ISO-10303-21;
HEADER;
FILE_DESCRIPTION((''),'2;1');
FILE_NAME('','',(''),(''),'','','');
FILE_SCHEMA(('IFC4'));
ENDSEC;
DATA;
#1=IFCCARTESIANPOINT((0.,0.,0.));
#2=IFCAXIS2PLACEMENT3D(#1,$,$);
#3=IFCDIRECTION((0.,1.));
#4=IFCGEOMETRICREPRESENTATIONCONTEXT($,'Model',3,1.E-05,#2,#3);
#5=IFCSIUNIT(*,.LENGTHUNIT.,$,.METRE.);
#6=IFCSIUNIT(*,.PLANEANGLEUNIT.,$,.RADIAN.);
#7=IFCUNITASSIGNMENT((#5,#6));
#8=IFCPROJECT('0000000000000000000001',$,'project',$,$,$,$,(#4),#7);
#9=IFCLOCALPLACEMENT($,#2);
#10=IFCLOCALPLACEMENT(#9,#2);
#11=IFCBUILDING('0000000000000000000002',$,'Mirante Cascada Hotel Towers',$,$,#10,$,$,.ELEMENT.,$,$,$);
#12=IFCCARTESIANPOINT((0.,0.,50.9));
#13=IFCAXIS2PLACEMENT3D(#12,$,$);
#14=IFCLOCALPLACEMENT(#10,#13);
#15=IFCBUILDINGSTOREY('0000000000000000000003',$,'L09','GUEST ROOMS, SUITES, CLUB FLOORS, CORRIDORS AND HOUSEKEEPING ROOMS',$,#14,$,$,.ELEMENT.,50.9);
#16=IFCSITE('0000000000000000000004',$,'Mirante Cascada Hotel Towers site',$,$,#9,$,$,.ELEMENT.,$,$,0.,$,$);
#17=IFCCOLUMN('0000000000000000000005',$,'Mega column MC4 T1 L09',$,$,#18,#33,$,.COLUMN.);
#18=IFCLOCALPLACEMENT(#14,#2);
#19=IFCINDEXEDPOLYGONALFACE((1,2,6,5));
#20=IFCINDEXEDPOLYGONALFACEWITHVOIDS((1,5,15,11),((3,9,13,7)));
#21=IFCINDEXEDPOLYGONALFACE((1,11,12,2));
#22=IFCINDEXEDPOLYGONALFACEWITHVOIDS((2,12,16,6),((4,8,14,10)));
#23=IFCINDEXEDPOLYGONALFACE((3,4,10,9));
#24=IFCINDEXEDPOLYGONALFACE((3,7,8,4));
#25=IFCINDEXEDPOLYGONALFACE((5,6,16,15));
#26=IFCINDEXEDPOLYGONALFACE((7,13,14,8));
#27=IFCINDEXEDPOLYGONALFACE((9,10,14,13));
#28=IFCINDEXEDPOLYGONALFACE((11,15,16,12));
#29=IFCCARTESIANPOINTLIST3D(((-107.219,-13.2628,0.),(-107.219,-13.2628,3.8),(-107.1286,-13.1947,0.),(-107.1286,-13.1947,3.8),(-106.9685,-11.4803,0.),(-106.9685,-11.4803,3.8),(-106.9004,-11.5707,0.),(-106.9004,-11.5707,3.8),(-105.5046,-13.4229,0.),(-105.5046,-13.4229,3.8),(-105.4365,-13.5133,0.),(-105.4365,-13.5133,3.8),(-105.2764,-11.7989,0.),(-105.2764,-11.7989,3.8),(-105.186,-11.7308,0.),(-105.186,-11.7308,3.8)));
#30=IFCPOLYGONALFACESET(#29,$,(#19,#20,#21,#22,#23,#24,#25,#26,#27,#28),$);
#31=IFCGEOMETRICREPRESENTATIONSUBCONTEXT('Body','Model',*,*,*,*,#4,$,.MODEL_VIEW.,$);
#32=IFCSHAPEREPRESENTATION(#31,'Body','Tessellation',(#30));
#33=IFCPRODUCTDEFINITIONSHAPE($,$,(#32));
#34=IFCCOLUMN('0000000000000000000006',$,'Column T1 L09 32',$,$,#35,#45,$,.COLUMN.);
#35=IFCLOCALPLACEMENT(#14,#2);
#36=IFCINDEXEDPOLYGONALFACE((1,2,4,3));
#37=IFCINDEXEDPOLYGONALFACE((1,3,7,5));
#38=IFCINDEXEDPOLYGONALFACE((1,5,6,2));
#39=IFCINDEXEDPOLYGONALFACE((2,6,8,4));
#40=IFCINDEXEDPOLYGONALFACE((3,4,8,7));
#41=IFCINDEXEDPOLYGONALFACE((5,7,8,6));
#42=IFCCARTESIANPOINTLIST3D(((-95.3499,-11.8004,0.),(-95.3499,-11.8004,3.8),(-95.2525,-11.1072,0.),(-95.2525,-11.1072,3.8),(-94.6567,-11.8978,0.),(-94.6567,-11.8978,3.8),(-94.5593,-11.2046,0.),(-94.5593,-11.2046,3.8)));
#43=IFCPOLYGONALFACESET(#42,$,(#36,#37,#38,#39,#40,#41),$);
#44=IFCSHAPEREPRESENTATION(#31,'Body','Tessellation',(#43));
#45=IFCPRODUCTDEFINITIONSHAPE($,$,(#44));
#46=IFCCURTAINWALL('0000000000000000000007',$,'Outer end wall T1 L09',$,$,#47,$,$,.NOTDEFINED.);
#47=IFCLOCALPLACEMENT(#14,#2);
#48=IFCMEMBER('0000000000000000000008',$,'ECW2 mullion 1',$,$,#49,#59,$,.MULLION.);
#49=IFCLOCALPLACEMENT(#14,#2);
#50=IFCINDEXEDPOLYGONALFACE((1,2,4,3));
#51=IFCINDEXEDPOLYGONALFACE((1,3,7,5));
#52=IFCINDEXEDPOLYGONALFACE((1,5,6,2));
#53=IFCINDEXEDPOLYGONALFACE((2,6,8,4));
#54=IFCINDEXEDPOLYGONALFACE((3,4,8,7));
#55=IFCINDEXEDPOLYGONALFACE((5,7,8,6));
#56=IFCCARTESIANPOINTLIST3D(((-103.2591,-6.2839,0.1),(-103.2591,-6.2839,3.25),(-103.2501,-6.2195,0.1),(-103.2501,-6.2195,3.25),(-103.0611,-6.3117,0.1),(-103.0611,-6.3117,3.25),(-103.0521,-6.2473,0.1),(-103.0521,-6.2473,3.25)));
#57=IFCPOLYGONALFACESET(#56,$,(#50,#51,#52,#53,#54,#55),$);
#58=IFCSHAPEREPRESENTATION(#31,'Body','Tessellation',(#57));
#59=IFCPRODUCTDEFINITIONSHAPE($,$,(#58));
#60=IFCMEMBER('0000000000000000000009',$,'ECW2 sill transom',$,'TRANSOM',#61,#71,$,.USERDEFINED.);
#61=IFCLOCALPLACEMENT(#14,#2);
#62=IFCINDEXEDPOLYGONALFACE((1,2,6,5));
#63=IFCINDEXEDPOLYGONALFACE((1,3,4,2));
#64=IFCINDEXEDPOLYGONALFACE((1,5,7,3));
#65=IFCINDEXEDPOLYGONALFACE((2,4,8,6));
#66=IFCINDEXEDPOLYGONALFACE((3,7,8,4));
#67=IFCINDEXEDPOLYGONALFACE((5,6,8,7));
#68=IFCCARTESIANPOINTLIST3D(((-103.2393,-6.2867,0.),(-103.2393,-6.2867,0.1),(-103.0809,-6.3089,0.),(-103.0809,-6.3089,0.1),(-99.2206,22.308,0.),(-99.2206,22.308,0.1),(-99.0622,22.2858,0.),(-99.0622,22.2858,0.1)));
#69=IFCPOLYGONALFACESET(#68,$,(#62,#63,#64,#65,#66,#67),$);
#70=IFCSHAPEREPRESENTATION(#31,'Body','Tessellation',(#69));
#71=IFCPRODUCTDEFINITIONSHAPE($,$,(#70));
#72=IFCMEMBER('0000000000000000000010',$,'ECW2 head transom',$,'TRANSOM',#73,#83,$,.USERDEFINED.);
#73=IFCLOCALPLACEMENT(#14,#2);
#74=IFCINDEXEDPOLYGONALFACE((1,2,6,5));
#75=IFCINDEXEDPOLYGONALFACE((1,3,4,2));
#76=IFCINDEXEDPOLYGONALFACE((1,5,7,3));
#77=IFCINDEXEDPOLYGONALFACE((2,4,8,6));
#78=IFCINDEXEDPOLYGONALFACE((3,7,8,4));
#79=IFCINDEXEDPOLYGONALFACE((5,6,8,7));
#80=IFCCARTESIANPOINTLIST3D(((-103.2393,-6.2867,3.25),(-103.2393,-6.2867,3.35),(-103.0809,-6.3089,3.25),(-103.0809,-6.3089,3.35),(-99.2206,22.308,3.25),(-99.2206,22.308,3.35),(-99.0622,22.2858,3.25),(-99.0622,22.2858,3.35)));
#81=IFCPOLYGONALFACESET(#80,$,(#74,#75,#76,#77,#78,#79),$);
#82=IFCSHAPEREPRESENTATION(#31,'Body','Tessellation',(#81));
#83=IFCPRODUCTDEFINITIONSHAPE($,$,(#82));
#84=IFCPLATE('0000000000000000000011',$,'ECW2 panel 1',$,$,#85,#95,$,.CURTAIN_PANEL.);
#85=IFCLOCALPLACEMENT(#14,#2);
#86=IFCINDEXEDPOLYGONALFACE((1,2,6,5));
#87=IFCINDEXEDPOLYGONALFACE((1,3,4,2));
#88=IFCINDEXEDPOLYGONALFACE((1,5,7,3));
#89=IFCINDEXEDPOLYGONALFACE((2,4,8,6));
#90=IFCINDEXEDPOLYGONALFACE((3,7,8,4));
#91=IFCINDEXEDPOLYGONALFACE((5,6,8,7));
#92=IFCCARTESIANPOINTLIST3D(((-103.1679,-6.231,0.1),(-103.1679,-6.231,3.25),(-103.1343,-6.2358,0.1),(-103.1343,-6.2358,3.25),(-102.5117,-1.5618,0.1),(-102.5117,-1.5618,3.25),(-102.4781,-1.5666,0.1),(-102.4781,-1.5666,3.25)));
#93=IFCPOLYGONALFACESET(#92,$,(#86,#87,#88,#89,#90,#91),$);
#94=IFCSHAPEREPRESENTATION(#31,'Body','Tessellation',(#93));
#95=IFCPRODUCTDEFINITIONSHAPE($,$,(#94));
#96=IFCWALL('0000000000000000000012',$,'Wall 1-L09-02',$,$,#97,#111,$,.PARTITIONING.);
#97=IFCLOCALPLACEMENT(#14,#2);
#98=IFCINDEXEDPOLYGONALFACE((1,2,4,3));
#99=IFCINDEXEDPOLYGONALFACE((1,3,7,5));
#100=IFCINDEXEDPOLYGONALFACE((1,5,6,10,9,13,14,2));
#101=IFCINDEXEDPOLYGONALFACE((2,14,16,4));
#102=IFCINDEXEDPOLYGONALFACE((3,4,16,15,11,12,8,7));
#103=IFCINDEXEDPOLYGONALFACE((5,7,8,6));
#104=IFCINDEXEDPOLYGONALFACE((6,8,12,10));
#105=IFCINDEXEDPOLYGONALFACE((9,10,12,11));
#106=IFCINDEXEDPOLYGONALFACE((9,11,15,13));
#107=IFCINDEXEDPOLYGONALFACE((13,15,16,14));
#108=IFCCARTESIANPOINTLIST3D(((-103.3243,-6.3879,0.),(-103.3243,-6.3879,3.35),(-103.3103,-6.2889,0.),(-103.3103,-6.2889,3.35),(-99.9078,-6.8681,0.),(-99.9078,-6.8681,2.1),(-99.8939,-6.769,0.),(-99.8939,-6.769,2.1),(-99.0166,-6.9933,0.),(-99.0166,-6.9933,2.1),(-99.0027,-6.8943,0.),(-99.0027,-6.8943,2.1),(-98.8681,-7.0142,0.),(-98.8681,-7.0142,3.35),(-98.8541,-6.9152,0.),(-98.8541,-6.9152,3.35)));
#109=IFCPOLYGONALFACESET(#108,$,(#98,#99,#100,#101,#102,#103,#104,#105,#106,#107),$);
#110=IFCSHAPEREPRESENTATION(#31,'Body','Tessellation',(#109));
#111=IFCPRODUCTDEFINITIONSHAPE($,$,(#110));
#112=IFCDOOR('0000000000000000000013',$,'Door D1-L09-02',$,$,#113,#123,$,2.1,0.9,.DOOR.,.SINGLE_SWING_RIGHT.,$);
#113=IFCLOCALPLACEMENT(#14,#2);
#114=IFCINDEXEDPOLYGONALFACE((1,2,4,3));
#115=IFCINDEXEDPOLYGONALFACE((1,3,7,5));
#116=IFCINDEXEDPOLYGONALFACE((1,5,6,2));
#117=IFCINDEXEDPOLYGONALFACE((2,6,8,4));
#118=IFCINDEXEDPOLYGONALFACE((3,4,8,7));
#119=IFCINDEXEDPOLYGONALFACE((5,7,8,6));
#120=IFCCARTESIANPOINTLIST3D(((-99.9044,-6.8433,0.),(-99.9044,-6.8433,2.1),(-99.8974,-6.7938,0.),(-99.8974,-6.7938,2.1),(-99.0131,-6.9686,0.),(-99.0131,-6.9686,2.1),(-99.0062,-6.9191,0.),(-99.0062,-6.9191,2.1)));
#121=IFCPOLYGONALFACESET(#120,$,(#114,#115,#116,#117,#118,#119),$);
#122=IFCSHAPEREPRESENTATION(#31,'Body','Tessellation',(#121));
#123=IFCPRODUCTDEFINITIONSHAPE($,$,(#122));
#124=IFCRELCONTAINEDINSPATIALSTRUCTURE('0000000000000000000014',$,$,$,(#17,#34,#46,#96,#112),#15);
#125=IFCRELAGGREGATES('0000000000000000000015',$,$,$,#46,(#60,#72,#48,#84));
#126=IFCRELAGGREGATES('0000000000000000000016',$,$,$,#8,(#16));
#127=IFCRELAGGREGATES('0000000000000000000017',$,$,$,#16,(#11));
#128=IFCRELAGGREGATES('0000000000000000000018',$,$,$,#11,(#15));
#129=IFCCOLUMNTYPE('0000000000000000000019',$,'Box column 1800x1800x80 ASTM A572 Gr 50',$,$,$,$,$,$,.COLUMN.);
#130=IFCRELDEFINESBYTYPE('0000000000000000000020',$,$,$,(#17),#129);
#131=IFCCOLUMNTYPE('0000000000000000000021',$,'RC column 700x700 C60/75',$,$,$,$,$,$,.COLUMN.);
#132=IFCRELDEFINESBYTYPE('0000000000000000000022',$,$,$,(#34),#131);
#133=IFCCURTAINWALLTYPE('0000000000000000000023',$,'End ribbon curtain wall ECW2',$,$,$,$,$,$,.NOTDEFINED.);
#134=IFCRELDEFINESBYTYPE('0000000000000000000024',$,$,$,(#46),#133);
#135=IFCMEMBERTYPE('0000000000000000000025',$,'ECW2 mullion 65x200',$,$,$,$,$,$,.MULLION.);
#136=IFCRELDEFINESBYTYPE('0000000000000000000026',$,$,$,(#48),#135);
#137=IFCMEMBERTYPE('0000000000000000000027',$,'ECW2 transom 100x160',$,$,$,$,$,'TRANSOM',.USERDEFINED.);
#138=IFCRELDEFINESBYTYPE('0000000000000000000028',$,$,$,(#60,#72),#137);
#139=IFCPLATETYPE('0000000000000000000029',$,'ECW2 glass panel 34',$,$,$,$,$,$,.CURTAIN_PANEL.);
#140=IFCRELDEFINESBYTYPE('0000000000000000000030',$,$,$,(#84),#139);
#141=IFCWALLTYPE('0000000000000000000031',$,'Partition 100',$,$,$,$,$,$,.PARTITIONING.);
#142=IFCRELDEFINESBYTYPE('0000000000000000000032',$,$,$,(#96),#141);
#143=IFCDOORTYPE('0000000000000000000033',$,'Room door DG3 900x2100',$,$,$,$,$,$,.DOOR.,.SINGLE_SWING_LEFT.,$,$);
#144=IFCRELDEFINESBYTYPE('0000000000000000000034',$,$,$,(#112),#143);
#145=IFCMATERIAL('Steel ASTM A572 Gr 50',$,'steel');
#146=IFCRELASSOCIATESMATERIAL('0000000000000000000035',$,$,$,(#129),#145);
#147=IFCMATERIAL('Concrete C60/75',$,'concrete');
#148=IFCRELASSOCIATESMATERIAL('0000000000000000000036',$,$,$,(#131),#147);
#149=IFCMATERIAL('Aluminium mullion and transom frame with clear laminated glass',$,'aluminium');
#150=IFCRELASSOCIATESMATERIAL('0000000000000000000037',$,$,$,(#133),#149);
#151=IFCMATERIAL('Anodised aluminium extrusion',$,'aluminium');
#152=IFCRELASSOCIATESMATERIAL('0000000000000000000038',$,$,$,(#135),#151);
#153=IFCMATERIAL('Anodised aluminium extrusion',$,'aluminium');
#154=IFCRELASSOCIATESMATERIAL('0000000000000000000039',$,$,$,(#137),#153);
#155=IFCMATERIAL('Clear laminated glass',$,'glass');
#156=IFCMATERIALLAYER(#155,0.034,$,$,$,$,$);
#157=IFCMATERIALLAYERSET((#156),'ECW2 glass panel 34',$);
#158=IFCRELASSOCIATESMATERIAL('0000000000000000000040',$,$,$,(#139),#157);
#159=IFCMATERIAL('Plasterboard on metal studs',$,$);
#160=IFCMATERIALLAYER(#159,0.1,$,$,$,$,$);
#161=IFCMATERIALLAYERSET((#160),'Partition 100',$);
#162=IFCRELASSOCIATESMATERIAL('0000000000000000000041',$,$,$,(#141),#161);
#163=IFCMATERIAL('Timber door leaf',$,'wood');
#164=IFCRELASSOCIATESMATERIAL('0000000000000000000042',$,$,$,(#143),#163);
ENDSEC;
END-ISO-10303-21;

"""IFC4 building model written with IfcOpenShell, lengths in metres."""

from ifc_helpers import new_model, si_unit, direction, frame, frame_2d, origin, origin_2d, place, context, subcontext, project, spatial, rectangle, hollow_rectangle, extrude, material, layer, layer_set, material_profile, profile_set, type_object, element, fill, aggregate, save


model = new_model("IFC4")

# Units and contexts
model_context = context("Model", 3, precision=1e-05, world=origin(), true_north=direction((0.0, 1.0)))
body_context = subcontext(model_context, "Body", "Model", "MODEL_VIEW")
ifc_project = project(units=[si_unit("LENGTHUNIT", "METRE"), si_unit("PLANEANGLEUNIT", "RADIAN")], contexts=[model_context])

# Site, building, storey
site_placement = place(None, origin())
site = spatial("IfcSite", under=ifc_project, at=site_placement, Name="Mirante Cascada Hotel Towers site", CompositionType="ELEMENT", RefElevation=0.0)
building_placement = place(site_placement, origin())
building = spatial("IfcBuilding", under=site, at=building_placement, Name="Mirante Cascada Hotel Towers", CompositionType="ELEMENT")
storey_placement = place(building_placement, frame((0.0, 0.0, 50.9)))
storey = spatial("IfcBuildingStorey", under=building, at=storey_placement, Name="L09", Description="GUEST ROOMS, SUITES, CLUB FLOORS, CORRIDORS AND HOUSEKEEPING ROOMS", CompositionType="ELEMENT", Elevation=50.9)

# Columns
ifc_material_1 = material(Name="Steel ASTM A572 Gr 50", Category="steel")
ifc_material_profile_1 = material_profile(ifc_material_1, hollow_rectangle(XDim=1.8, YDim=1.8, WallThickness=0.08, at=origin_2d()), Name="Box column 1800x1800x80 ASTM A572 Gr 50")
ifc_profile_set_1 = profile_set([ifc_material_profile_1], Name="Steel ASTM A572 Gr 50")
column_type_1 = type_object("IfcColumnType", Name="Box column 1800x1800x80 ASTM A572 Gr 50", PredefinedType="COLUMN", material=ifc_profile_set_1)
column_1_placement = place(storey_placement, frame((-106.2025, -12.4968, 0.0), z_axis=(0.0, 0.0, 1.0), x_axis=(-0.990268, 0.139173, 0.0)))
element("IfcColumn", 1, at=column_1_placement, inside=storey, type_object=column_type_1, Name="Mega column MC4 T1 L09", PredefinedType="COLUMN", context=body_context, shape_type="SweptSolid", body=[
    extrude(hollow_rectangle(XDim=1.8, YDim=1.8, WallThickness=0.08, at=origin_2d()), origin(), (0.0, 0.0, 1.0), 3.8),
])
ifc_material_2 = material(Name="Concrete C60/75", Category="concrete")
ifc_material_profile_2 = material_profile(ifc_material_2, rectangle(XDim=0.7, YDim=0.7, at=origin_2d()), Name="RC column 700x700 C60/75")
ifc_profile_set_2 = profile_set([ifc_material_profile_2], Name="Concrete C60/75")
column_type_2 = type_object("IfcColumnType", Name="RC column 700x700 C60/75", PredefinedType="COLUMN", material=ifc_profile_set_2)
column_2_placement = place(storey_placement, frame((-94.9546, -11.5025, 0.0), z_axis=(0.0, 0.0, 1.0), x_axis=(-0.990268, 0.139173, 0.0)))
element("IfcColumn", 2, at=column_2_placement, inside=storey, type_object=column_type_2, Name="Column T1 L09 32", PredefinedType="COLUMN", context=body_context, shape_type="SweptSolid", body=[
    extrude(rectangle(XDim=0.7, YDim=0.7, at=origin_2d()), origin(), (0.0, 0.0, 1.0), 3.8),
])

# Curtain wall, members, plate
ifc_material_3 = material(Name="Aluminium mullion and transom frame with clear laminated glass", Category="aluminium")
curtain_wall_type = type_object("IfcCurtainWallType", Name="End ribbon curtain wall ECW2", PredefinedType="NOTDEFINED", material=ifc_material_3)
curtain_wall_placement = place(storey_placement, origin())
curtain_wall = element("IfcCurtainWall", 3, at=curtain_wall_placement, inside=storey, type_object=curtain_wall_type, Name="Outer end wall T1 L09", PredefinedType="NOTDEFINED")
ifc_material_4 = material(Name="Anodised aluminium extrusion", Category="aluminium")
ifc_material_profile_3 = material_profile(ifc_material_4, rectangle(XDim=0.2, YDim=0.065, at=origin_2d()), Name="ECW2 MULLION 65x200")
ifc_profile_set_3 = profile_set([ifc_material_profile_3], Name="Anodised aluminium extrusion")
member_type_1 = type_object("IfcMemberType", Name="ECW2 mullion 65x200", PredefinedType="MULLION", material=ifc_profile_set_3)
member_1_placement = place(storey_placement, frame((-103.1556, -6.2656, 0.1), z_axis=(0.0, 0.0, 1.0), x_axis=(-0.990268, 0.139173, 0.0)))
member_1 = element("IfcMember", 4, at=member_1_placement, type_object=member_type_1, Name="ECW2 mullion 1", PredefinedType="MULLION", context=body_context, shape_type="SweptSolid", body=[
    extrude(rectangle(XDim=0.2, YDim=0.065, at=origin_2d()), origin(), (0.0, 0.0, 1.0), 3.15),
])
ifc_material_5 = material(Name="Anodised aluminium extrusion", Category="aluminium")
ifc_material_profile_4 = material_profile(ifc_material_5, rectangle(XDim=0.16, YDim=0.1, at=origin_2d()), Name="ECW2 TRANSOM 100x160")
ifc_profile_set_4 = profile_set([ifc_material_profile_4], Name="Anodised aluminium extrusion")
member_type_2 = type_object("IfcMemberType", Name="ECW2 transom 100x160", ElementType="TRANSOM", PredefinedType="USERDEFINED", material=ifc_profile_set_4)
member_2_placement = place(storey_placement, frame((-103.1601, -6.2978, 0.05), z_axis=(0.139172, 0.990268, 0.0), x_axis=(-0.990268, 0.139172, 0.0)))
member_2 = element("IfcMember", 5, at=member_2_placement, type_object=member_type_2, Name="ECW2 sill transom", ObjectType="TRANSOM", PredefinedType="USERDEFINED", context=body_context, shape_type="SweptSolid", body=[
    extrude(rectangle(XDim=0.16, YDim=0.1, at=origin_2d()), origin(), (0.0, 0.0, 1.0), 28.8757),
])
member_3_placement = place(storey_placement, frame((-103.1601, -6.2978, 3.3), z_axis=(0.139172, 0.990268, 0.0), x_axis=(-0.990268, 0.139172, 0.0)))
member_3 = element("IfcMember", 6, at=member_3_placement, type_object=member_type_2, Name="ECW2 head transom", ObjectType="TRANSOM", PredefinedType="USERDEFINED", context=body_context, shape_type="SweptSolid", body=[
    extrude(rectangle(XDim=0.16, YDim=0.1, at=origin_2d()), origin(), (0.0, 0.0, 1.0), 28.8757),
])
ifc_material_6 = material(Name="Clear laminated glass", Category="glass")
ifc_layer_1 = layer(ifc_material_6, 0.034)
ifc_layer_set_1 = layer_set([ifc_layer_1], Name="ECW2 glass panel 34")
plate_type = type_object("IfcPlateType", Name="ECW2 glass panel 34", PredefinedType="CURTAIN_PANEL", material=ifc_layer_set_1)
plate_placement = place(storey_placement, frame((-102.823, -3.8988, 0.1), z_axis=(0.0, 0.0, 1.0), x_axis=(0.139173, 0.990268, 0.0)))
plate = element("IfcPlate", 7, at=plate_placement, type_object=plate_type, Name="ECW2 panel 1", PredefinedType="CURTAIN_PANEL", context=body_context, shape_type="SweptSolid", body=[
    extrude(rectangle(XDim=4.7151, YDim=0.034, at=origin_2d()), origin(), (0.0, 0.0, 1.0), 3.15),
])
aggregate(curtain_wall, [member_2, member_3, member_1, plate])

# Wall, opening, door
ifc_material_7 = material(Name="Plasterboard on metal studs")
ifc_layer_2 = layer(ifc_material_7, 0.1)
ifc_layer_set_2 = layer_set([ifc_layer_2], Name="Partition 100")
wall_type_1 = type_object("IfcWallType", Name="Partition 100", PredefinedType="PARTITIONING", material=ifc_layer_set_2)
wall_1_placement = place(storey_placement, frame((-98.8611, -6.9647, 0.0), z_axis=(0.0, 0.0, 1.0), x_axis=(-0.990267, 0.139178, 0.0)))
wall_1 = element("IfcWall", 8, at=wall_1_placement, inside=storey, type_object=wall_type_1, Name="Wall 1-L09-02", PredefinedType="PARTITIONING", context=body_context, shape_type="SweptSolid", body=[
    extrude(rectangle(XDim=4.5, YDim=0.1, at=frame_2d((2.25, 0.0))), origin(), (0.0, 0.0, 1.0), 3.35),
])
opening_1_placement = place(wall_1_placement, frame((0.15, 0.0, 0.0)))
opening_1 = element("IfcOpeningElement", 9, at=opening_1_placement, cuts=wall_1, PredefinedType="OPENING", context=body_context, shape_type="SweptSolid", body=[
    extrude(rectangle(XDim=0.9, YDim=2.1, at=frame_2d((0.45, 1.05))), frame((0.0, 0.05, 0.0), z_axis=(0.0, -1.0, 0.0), x_axis=(1.0, 0.0, 0.0)), (0.0, 0.0, 1.0), 0.1),
])
ifc_material_8 = material(Name="Timber door leaf", Category="wood")
door_type = type_object("IfcDoorType", Name="Room door DG3 900x2100", OperationType="SINGLE_SWING_LEFT", PredefinedType="DOOR", material=ifc_material_8)
door_placement = place(opening_1_placement, frame((0.9, 0.0, 0.0), z_axis=(0.0, 0.0, 1.0), x_axis=(-1.0, 0.0, 0.0)))
door = element("IfcDoor", 10, at=door_placement, inside=storey, type_object=door_type, Name="Door D1-L09-02", OperationType="SINGLE_SWING_RIGHT", OverallHeight=2.1, OverallWidth=0.9, PredefinedType="DOOR", context=body_context, shape_type="SweptSolid", body=[
    extrude(rectangle(XDim=0.9, YDim=2.1, at=frame_2d((0.45, 1.05))), frame((0.0, 0.025, 0.0), z_axis=(0.0, -1.0, 0.0), x_axis=(1.0, 0.0, 0.0)), (0.0, 0.0, 1.0), 0.05),
])
fill(opening_1, door)

save(model, "model.ifc")
